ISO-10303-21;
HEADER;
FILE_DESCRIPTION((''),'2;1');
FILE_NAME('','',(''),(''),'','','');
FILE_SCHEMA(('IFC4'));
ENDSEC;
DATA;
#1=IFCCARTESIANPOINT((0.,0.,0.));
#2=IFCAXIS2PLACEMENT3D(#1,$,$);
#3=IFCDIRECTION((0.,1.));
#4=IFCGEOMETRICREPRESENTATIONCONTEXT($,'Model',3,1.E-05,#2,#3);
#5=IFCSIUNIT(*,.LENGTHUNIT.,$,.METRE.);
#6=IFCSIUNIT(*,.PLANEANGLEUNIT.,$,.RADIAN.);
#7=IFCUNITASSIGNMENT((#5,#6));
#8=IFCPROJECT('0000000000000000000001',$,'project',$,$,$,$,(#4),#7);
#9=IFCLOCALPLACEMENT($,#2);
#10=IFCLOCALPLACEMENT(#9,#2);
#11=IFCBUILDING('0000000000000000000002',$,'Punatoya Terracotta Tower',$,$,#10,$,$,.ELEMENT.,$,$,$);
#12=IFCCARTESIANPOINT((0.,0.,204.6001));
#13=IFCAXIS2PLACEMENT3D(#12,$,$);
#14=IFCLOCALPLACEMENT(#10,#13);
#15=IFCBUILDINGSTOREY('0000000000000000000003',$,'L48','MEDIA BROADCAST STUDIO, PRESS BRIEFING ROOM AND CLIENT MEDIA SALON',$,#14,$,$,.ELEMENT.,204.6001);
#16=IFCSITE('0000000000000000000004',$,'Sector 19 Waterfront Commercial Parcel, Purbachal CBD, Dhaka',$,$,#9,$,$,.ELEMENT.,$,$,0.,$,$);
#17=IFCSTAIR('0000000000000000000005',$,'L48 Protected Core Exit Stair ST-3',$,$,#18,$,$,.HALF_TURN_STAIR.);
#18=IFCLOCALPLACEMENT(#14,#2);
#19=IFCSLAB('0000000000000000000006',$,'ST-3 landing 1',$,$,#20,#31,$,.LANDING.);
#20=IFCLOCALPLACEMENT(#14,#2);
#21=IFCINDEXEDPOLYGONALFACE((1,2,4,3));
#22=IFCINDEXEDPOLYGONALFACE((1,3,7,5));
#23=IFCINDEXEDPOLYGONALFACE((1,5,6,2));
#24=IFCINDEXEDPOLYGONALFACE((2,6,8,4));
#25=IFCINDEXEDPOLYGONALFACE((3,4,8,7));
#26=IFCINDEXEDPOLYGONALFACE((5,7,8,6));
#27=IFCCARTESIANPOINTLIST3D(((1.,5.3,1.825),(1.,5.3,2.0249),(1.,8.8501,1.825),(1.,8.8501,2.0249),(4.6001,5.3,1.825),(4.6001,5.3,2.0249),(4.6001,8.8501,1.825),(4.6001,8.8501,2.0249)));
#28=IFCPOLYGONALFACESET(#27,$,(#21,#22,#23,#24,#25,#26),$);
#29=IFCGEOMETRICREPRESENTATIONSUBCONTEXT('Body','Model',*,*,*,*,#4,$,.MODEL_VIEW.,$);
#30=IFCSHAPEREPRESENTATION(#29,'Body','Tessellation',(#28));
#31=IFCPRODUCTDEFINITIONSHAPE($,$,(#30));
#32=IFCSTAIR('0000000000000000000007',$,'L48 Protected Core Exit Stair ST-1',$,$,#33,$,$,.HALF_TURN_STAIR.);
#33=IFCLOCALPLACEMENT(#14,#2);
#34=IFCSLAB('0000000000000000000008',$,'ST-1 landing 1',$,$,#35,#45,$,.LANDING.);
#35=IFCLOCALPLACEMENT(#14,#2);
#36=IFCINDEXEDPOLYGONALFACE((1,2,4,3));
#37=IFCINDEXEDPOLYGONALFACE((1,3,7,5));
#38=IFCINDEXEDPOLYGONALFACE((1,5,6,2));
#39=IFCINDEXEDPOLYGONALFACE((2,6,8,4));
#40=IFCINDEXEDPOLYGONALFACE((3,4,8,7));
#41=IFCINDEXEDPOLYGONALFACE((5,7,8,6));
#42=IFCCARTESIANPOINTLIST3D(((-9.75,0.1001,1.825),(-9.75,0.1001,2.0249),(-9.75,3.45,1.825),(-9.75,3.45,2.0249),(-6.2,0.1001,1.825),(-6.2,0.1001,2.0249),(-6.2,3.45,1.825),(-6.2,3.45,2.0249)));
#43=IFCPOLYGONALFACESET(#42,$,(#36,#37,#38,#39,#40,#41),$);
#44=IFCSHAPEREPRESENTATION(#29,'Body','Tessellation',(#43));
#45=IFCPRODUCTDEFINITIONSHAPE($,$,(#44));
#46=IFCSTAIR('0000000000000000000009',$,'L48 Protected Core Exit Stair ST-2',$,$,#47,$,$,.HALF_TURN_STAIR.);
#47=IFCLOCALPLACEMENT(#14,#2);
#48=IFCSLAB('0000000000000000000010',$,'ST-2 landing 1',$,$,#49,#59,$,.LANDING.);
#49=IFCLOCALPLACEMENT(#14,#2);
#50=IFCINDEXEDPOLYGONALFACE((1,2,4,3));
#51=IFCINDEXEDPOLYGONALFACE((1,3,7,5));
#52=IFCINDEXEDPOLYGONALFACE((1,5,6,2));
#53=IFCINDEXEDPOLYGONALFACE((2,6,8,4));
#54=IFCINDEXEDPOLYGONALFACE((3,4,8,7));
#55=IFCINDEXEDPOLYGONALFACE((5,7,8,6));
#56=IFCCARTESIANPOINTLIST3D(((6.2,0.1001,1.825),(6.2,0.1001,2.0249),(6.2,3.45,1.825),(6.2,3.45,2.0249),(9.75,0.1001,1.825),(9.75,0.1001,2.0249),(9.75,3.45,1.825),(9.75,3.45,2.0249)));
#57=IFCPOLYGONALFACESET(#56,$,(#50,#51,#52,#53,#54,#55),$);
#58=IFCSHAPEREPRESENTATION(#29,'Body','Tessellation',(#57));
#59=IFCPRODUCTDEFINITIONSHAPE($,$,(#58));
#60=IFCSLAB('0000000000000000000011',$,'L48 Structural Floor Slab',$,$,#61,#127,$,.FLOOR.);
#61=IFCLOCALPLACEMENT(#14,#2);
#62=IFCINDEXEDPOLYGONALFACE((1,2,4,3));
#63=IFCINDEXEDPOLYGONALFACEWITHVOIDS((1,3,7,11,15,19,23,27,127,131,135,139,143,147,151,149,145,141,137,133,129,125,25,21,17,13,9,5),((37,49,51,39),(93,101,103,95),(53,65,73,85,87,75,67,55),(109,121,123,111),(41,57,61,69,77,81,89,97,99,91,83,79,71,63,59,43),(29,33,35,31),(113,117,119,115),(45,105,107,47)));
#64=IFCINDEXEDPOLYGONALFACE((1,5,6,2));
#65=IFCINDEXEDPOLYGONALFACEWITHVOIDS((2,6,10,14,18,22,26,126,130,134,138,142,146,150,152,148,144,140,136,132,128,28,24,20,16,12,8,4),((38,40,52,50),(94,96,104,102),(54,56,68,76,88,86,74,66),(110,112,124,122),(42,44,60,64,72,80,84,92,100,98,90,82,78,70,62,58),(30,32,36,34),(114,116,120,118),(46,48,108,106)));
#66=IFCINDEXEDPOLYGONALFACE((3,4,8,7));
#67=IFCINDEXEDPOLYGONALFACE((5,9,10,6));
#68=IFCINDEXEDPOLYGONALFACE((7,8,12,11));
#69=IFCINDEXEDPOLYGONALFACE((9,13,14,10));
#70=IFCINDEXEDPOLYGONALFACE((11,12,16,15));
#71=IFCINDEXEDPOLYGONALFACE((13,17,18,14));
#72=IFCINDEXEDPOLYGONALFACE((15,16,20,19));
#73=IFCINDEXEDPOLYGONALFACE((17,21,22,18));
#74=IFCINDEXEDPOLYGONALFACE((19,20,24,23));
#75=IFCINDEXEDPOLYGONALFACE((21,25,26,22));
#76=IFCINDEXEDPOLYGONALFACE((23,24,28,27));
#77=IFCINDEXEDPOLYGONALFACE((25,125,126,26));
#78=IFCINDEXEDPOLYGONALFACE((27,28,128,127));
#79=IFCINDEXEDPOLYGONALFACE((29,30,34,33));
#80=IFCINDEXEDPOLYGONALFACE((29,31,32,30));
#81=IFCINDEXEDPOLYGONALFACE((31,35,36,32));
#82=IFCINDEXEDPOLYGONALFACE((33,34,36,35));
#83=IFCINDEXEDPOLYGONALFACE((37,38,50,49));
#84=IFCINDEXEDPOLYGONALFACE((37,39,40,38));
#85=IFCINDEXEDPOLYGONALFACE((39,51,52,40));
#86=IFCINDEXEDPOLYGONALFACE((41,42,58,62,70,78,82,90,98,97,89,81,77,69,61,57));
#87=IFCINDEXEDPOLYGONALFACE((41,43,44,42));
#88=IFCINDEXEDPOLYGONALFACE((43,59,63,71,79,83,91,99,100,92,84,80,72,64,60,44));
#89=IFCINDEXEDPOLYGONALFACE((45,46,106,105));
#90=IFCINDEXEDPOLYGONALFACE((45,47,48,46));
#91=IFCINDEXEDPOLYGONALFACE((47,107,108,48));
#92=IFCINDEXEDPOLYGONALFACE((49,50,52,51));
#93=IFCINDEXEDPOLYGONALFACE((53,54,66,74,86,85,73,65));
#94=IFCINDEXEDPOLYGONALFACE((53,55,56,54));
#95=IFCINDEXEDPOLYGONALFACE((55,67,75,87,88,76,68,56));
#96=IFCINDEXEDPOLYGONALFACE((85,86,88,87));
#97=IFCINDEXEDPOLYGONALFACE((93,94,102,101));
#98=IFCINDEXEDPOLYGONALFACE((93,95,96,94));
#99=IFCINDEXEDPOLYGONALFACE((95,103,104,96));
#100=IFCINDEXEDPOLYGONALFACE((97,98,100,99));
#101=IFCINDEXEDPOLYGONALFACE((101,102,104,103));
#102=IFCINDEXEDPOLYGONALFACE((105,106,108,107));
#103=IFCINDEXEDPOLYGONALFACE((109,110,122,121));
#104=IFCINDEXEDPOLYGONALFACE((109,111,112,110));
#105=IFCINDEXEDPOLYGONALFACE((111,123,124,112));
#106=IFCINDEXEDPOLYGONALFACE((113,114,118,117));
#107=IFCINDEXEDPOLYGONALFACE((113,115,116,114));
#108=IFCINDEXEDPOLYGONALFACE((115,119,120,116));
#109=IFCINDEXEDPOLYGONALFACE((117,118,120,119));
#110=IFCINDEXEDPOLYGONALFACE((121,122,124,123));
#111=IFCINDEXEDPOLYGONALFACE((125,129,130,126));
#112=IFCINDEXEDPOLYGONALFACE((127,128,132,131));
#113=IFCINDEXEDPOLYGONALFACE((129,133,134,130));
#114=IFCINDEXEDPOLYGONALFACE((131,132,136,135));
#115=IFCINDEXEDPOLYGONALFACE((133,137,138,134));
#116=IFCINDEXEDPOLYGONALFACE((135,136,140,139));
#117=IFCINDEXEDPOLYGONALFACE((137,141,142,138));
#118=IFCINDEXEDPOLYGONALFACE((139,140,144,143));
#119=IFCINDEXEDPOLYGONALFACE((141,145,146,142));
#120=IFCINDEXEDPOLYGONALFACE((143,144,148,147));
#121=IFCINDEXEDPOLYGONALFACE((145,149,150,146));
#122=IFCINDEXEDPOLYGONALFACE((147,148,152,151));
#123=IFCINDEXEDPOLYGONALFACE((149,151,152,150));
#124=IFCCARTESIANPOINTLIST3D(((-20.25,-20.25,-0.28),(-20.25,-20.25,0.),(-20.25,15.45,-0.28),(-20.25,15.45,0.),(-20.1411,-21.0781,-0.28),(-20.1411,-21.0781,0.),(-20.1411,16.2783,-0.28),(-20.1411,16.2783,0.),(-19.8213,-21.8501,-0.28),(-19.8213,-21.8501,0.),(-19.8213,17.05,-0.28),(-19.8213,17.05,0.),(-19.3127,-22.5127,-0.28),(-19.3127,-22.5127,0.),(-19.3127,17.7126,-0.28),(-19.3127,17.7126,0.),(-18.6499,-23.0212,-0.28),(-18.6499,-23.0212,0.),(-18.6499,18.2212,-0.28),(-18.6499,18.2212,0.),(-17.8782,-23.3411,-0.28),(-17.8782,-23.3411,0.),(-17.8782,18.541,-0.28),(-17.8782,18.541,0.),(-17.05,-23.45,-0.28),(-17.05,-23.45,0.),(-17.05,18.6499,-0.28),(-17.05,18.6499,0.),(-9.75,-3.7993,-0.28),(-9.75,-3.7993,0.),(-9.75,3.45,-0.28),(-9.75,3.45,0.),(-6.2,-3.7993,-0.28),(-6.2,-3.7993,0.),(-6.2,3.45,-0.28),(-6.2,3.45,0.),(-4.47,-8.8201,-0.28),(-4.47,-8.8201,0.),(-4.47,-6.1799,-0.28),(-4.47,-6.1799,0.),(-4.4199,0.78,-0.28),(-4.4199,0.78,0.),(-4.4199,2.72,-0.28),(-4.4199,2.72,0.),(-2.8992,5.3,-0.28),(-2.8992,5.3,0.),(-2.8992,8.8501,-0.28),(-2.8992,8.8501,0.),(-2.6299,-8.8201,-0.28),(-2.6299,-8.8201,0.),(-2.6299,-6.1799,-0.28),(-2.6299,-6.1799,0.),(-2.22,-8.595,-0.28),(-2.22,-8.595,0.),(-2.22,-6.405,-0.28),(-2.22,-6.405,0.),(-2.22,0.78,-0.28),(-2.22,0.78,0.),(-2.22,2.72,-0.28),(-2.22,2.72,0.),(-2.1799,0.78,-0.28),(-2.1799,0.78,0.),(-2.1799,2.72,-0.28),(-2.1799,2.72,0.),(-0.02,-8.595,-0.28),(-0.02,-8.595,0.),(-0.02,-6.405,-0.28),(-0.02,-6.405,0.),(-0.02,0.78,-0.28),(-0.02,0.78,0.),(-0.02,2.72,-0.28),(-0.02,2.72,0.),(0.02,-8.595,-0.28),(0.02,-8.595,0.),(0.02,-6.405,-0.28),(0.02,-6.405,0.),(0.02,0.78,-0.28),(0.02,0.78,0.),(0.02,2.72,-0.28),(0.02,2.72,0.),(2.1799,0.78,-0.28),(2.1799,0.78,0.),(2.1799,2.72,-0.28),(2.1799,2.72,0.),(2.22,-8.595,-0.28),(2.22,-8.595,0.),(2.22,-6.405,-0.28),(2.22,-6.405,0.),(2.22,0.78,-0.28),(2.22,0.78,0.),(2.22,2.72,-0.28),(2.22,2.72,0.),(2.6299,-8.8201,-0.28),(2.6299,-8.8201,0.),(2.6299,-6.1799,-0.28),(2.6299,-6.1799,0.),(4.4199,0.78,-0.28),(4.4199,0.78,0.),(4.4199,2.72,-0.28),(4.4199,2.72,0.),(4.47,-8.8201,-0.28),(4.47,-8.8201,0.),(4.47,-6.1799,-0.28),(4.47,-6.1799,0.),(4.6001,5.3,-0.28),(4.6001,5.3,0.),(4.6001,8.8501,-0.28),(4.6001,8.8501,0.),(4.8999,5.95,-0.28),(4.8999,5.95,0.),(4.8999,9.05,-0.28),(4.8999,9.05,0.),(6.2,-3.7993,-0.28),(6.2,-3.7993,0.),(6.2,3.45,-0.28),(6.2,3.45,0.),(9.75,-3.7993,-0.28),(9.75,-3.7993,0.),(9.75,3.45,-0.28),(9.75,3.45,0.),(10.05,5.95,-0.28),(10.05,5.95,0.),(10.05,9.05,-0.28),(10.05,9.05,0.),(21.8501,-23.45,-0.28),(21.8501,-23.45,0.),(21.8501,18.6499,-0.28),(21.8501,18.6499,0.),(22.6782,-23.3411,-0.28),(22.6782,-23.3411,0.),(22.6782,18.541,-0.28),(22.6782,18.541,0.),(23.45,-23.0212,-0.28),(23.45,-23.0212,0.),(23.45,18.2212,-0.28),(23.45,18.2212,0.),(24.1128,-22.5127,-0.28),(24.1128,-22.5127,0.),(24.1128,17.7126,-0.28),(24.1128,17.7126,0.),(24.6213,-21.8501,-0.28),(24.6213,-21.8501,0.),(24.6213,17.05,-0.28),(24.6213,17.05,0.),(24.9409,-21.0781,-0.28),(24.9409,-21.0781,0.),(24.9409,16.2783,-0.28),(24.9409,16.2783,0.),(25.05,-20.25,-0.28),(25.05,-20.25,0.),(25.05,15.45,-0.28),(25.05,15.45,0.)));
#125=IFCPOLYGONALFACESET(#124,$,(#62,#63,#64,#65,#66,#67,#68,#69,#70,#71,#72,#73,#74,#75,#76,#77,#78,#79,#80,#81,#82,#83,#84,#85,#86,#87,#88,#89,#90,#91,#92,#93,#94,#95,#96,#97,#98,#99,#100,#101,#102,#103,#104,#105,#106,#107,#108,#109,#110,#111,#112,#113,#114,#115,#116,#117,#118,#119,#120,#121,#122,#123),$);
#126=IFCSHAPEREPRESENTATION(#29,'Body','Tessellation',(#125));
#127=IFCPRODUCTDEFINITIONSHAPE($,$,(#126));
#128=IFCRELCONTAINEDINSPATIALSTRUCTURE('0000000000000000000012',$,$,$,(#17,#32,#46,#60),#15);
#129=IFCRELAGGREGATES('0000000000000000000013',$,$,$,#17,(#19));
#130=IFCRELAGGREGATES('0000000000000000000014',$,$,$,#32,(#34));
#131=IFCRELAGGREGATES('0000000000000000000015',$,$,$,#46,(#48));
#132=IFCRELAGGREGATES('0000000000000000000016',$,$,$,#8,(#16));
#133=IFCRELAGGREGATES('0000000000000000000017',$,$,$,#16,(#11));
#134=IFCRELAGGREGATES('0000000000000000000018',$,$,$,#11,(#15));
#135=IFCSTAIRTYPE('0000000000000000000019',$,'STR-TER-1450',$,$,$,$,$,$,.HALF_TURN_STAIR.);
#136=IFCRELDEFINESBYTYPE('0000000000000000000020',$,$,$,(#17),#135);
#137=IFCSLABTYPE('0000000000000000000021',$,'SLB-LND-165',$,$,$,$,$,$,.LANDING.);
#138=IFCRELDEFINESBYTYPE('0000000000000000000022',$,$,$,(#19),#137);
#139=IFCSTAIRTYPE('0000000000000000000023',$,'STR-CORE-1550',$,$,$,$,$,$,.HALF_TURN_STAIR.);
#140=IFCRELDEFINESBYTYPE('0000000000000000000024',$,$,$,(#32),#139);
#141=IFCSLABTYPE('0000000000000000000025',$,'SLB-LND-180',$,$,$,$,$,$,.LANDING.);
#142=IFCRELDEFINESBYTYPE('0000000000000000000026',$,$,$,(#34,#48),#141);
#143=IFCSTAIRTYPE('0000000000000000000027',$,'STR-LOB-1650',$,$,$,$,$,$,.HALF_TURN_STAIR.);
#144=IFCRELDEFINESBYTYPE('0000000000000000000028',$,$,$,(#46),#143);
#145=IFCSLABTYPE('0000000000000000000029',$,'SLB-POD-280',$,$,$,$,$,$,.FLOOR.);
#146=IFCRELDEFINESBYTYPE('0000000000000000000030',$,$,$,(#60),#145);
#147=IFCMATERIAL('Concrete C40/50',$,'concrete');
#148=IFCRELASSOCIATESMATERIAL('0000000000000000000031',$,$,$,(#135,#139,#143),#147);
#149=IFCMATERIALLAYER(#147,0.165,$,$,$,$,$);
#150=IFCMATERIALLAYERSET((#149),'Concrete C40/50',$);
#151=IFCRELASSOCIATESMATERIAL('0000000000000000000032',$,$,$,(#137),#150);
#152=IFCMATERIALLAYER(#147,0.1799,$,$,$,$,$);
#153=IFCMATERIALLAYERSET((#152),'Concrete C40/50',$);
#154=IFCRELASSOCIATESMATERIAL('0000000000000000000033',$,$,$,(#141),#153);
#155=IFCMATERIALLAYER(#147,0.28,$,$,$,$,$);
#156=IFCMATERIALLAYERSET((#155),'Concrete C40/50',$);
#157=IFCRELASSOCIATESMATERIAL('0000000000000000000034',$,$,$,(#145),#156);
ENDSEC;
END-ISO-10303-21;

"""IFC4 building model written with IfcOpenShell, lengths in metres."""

from ifc_helpers import new_model, si_unit, direction, frame, origin, place, context, subcontext, project, spatial, polyline, outline, extrude, material, layer, layer_set, type_object, element, aggregate, save


model = new_model("IFC4")

# Units and contexts
model_context = context("Model", 3, precision=1e-05, world=origin(), true_north=direction((0.0, 1.0)))
body_context = subcontext(model_context, "Body", "Model", "MODEL_VIEW")
ifc_project = project(units=[si_unit("LENGTHUNIT", "METRE"), si_unit("PLANEANGLEUNIT", "RADIAN")], contexts=[model_context])

# Site, building, storey
site_placement = place(None, origin())
site = spatial("IfcSite", under=ifc_project, at=site_placement, Name="Sector 19 Waterfront Commercial Parcel, Purbachal CBD, Dhaka", CompositionType="ELEMENT", RefElevation=0.0)
building_placement = place(site_placement, origin())
building = spatial("IfcBuilding", under=site, at=building_placement, Name="Punatoya Terracotta Tower", CompositionType="ELEMENT")
storey_placement = place(building_placement, frame((0.0, 0.0, 204.6001)))
storey = spatial("IfcBuildingStorey", under=building, at=storey_placement, Name="L48", Description="MEDIA BROADCAST STUDIO, PRESS BRIEFING ROOM AND CLIENT MEDIA SALON", CompositionType="ELEMENT", Elevation=204.6001)

# Stairs, slabs
ifc_material_1 = material(Name="Concrete C40/50", Category="concrete")
stair_type_1 = type_object("IfcStairType", Name="STR-TER-1450", PredefinedType="HALF_TURN_STAIR", material=ifc_material_1)
stair_1_placement = place(storey_placement, origin())
stair_1 = element("IfcStair", 1, at=stair_1_placement, inside=storey, type_object=stair_type_1, Name="L48 Protected Core Exit Stair ST-3", PredefinedType="HALF_TURN_STAIR")
ifc_layer_1 = layer(ifc_material_1, 0.165)
ifc_layer_set_1 = layer_set([ifc_layer_1], Name="Concrete C40/50")
slab_type_1 = type_object("IfcSlabType", Name="SLB-LND-165", PredefinedType="LANDING", material=ifc_layer_set_1)
slab_1_placement = place(storey_placement, frame((0.0, 0.0, 1.825)))
slab_1 = element("IfcSlab", 2, at=slab_1_placement, type_object=slab_type_1, Name="ST-3 landing 1", PredefinedType="LANDING", context=body_context, shape_type="SweptSolid", body=[
    extrude(outline(polyline([(1.0, 5.3), (4.6001, 5.3), (4.6001, 8.8501), (1.0, 8.8501), (1.0, 5.3)])), origin(), (0.0, 0.0, 1.0), 0.2),
])
aggregate(stair_1, [slab_1])
stair_type_2 = type_object("IfcStairType", Name="STR-CORE-1550", PredefinedType="HALF_TURN_STAIR", material=ifc_material_1)
stair_2_placement = place(storey_placement, origin())
stair_2 = element("IfcStair", 3, at=stair_2_placement, inside=storey, type_object=stair_type_2, Name="L48 Protected Core Exit Stair ST-1", PredefinedType="HALF_TURN_STAIR")
ifc_layer_2 = layer(ifc_material_1, 0.1799)
ifc_layer_set_2 = layer_set([ifc_layer_2], Name="Concrete C40/50")
slab_type_2 = type_object("IfcSlabType", Name="SLB-LND-180", PredefinedType="LANDING", material=ifc_layer_set_2)
slab_2_placement = place(storey_placement, frame((0.0, 0.0, 1.825)))
slab_2 = element("IfcSlab", 4, at=slab_2_placement, type_object=slab_type_2, Name="ST-1 landing 1", PredefinedType="LANDING", context=body_context, shape_type="SweptSolid", body=[
    extrude(outline(polyline([(-6.2, 0.1001), (-6.2, 3.45), (-9.75, 3.45), (-9.75, 0.1001), (-6.2, 0.1001)])), origin(), (0.0, 0.0, 1.0), 0.2),
])
aggregate(stair_2, [slab_2])
stair_type_3 = type_object("IfcStairType", Name="STR-LOB-1650", PredefinedType="HALF_TURN_STAIR", material=ifc_material_1)
stair_3_placement = place(storey_placement, origin())
stair_3 = element("IfcStair", 5, at=stair_3_placement, inside=storey, type_object=stair_type_3, Name="L48 Protected Core Exit Stair ST-2", PredefinedType="HALF_TURN_STAIR")
slab_3_placement = place(storey_placement, frame((0.0, 0.0, 1.825)))
slab_3 = element("IfcSlab", 6, at=slab_3_placement, type_object=slab_type_2, Name="ST-2 landing 1", PredefinedType="LANDING", context=body_context, shape_type="SweptSolid", body=[
    extrude(outline(polyline([(9.75, 0.1001), (9.75, 3.45), (6.2, 3.45), (6.2, 0.1001), (9.75, 0.1001)])), origin(), (0.0, 0.0, 1.0), 0.2),
])

# Slab
ifc_layer_3 = layer(ifc_material_1, 0.28)
ifc_layer_set_3 = layer_set([ifc_layer_3], Name="Concrete C40/50")
slab_type_3 = type_object("IfcSlabType", Name="SLB-POD-280", PredefinedType="FLOOR", material=ifc_layer_set_3)
slab_4_placement = place(storey_placement, frame((0.0, 0.0, -0.28)))
element("IfcSlab", 7, at=slab_4_placement, inside=storey, type_object=slab_type_3, Name="L48 Structural Floor Slab", PredefinedType="FLOOR", context=body_context, shape_type="SweptSolid", body=[
    extrude(outline(polyline([(-17.05, -23.45), (-17.8782, -23.3411), (-18.6499, -23.0212), (-19.3127, -22.5127), (-19.8213, -21.8501), (-20.1411, -21.0781), (-20.25, -20.25), (-20.25, 15.45), (-20.1411, 16.2783), (-19.8213, 17.05), (-19.3127, 17.7126), (-18.6499, 18.2212), (-17.8782, 18.541), (-17.05, 18.6499), (21.8501, 18.6499), (22.6782, 18.541), (23.45, 18.2212), (24.1128, 17.7126), (24.6213, 17.05), (24.9409, 16.2783), (25.05, 15.45), (25.05, -20.25), (24.9409, -21.0781), (24.6213, -21.8501), (24.1128, -22.5127), (23.45, -23.0212), (22.6782, -23.3411), (21.8501, -23.45), (-17.05, -23.45)]), holes=[polyline([(-2.6299, -6.1799), (-4.47, -6.1799), (-4.47, -8.8201), (-2.6299, -8.8201), (-2.6299, -6.1799)]), polyline([(0.02, -8.595), (2.22, -8.595), (2.22, -6.405), (0.02, -6.405), (-0.02, -6.405), (-2.22, -6.405), (-2.22, -8.595), (-0.02, -8.595), (0.02, -8.595)]), polyline([(-6.2, 3.45), (-9.75, 3.45), (-9.75, -3.7993), (-6.2, -3.7993), (-6.2, 3.45)]), polyline([(-4.4199, 2.72), (-4.4199, 0.78), (-2.22, 0.78), (-2.1799, 0.78), (-0.02, 0.78), (0.02, 0.78), (2.1799, 0.78), (2.22, 0.78), (4.4199, 0.78), (4.4199, 2.72), (2.22, 2.72), (2.1799, 2.72), (0.02, 2.72), (-0.02, 2.72), (-2.1799, 2.72), (-2.22, 2.72), (-4.4199, 2.72)]), polyline([(4.6001, 5.3), (4.6001, 8.8501), (-2.8992, 8.8501), (-2.8992, 5.3), (4.6001, 5.3)]), polyline([(4.47, -8.8201), (4.47, -6.1799), (2.6299, -6.1799), (2.6299, -8.8201), (4.47, -8.8201)]), polyline([(9.75, 3.45), (6.2, 3.45), (6.2, -3.7993), (9.75, -3.7993), (9.75, 3.45)]), polyline([(10.05, 5.95), (10.05, 9.05), (4.8999, 9.05), (4.8999, 5.95), (10.05, 5.95)])]), origin(), (0.0, 0.0, 1.0), 0.28),
])

aggregate(stair_3, [slab_3])

save(model, "model.ifc")
